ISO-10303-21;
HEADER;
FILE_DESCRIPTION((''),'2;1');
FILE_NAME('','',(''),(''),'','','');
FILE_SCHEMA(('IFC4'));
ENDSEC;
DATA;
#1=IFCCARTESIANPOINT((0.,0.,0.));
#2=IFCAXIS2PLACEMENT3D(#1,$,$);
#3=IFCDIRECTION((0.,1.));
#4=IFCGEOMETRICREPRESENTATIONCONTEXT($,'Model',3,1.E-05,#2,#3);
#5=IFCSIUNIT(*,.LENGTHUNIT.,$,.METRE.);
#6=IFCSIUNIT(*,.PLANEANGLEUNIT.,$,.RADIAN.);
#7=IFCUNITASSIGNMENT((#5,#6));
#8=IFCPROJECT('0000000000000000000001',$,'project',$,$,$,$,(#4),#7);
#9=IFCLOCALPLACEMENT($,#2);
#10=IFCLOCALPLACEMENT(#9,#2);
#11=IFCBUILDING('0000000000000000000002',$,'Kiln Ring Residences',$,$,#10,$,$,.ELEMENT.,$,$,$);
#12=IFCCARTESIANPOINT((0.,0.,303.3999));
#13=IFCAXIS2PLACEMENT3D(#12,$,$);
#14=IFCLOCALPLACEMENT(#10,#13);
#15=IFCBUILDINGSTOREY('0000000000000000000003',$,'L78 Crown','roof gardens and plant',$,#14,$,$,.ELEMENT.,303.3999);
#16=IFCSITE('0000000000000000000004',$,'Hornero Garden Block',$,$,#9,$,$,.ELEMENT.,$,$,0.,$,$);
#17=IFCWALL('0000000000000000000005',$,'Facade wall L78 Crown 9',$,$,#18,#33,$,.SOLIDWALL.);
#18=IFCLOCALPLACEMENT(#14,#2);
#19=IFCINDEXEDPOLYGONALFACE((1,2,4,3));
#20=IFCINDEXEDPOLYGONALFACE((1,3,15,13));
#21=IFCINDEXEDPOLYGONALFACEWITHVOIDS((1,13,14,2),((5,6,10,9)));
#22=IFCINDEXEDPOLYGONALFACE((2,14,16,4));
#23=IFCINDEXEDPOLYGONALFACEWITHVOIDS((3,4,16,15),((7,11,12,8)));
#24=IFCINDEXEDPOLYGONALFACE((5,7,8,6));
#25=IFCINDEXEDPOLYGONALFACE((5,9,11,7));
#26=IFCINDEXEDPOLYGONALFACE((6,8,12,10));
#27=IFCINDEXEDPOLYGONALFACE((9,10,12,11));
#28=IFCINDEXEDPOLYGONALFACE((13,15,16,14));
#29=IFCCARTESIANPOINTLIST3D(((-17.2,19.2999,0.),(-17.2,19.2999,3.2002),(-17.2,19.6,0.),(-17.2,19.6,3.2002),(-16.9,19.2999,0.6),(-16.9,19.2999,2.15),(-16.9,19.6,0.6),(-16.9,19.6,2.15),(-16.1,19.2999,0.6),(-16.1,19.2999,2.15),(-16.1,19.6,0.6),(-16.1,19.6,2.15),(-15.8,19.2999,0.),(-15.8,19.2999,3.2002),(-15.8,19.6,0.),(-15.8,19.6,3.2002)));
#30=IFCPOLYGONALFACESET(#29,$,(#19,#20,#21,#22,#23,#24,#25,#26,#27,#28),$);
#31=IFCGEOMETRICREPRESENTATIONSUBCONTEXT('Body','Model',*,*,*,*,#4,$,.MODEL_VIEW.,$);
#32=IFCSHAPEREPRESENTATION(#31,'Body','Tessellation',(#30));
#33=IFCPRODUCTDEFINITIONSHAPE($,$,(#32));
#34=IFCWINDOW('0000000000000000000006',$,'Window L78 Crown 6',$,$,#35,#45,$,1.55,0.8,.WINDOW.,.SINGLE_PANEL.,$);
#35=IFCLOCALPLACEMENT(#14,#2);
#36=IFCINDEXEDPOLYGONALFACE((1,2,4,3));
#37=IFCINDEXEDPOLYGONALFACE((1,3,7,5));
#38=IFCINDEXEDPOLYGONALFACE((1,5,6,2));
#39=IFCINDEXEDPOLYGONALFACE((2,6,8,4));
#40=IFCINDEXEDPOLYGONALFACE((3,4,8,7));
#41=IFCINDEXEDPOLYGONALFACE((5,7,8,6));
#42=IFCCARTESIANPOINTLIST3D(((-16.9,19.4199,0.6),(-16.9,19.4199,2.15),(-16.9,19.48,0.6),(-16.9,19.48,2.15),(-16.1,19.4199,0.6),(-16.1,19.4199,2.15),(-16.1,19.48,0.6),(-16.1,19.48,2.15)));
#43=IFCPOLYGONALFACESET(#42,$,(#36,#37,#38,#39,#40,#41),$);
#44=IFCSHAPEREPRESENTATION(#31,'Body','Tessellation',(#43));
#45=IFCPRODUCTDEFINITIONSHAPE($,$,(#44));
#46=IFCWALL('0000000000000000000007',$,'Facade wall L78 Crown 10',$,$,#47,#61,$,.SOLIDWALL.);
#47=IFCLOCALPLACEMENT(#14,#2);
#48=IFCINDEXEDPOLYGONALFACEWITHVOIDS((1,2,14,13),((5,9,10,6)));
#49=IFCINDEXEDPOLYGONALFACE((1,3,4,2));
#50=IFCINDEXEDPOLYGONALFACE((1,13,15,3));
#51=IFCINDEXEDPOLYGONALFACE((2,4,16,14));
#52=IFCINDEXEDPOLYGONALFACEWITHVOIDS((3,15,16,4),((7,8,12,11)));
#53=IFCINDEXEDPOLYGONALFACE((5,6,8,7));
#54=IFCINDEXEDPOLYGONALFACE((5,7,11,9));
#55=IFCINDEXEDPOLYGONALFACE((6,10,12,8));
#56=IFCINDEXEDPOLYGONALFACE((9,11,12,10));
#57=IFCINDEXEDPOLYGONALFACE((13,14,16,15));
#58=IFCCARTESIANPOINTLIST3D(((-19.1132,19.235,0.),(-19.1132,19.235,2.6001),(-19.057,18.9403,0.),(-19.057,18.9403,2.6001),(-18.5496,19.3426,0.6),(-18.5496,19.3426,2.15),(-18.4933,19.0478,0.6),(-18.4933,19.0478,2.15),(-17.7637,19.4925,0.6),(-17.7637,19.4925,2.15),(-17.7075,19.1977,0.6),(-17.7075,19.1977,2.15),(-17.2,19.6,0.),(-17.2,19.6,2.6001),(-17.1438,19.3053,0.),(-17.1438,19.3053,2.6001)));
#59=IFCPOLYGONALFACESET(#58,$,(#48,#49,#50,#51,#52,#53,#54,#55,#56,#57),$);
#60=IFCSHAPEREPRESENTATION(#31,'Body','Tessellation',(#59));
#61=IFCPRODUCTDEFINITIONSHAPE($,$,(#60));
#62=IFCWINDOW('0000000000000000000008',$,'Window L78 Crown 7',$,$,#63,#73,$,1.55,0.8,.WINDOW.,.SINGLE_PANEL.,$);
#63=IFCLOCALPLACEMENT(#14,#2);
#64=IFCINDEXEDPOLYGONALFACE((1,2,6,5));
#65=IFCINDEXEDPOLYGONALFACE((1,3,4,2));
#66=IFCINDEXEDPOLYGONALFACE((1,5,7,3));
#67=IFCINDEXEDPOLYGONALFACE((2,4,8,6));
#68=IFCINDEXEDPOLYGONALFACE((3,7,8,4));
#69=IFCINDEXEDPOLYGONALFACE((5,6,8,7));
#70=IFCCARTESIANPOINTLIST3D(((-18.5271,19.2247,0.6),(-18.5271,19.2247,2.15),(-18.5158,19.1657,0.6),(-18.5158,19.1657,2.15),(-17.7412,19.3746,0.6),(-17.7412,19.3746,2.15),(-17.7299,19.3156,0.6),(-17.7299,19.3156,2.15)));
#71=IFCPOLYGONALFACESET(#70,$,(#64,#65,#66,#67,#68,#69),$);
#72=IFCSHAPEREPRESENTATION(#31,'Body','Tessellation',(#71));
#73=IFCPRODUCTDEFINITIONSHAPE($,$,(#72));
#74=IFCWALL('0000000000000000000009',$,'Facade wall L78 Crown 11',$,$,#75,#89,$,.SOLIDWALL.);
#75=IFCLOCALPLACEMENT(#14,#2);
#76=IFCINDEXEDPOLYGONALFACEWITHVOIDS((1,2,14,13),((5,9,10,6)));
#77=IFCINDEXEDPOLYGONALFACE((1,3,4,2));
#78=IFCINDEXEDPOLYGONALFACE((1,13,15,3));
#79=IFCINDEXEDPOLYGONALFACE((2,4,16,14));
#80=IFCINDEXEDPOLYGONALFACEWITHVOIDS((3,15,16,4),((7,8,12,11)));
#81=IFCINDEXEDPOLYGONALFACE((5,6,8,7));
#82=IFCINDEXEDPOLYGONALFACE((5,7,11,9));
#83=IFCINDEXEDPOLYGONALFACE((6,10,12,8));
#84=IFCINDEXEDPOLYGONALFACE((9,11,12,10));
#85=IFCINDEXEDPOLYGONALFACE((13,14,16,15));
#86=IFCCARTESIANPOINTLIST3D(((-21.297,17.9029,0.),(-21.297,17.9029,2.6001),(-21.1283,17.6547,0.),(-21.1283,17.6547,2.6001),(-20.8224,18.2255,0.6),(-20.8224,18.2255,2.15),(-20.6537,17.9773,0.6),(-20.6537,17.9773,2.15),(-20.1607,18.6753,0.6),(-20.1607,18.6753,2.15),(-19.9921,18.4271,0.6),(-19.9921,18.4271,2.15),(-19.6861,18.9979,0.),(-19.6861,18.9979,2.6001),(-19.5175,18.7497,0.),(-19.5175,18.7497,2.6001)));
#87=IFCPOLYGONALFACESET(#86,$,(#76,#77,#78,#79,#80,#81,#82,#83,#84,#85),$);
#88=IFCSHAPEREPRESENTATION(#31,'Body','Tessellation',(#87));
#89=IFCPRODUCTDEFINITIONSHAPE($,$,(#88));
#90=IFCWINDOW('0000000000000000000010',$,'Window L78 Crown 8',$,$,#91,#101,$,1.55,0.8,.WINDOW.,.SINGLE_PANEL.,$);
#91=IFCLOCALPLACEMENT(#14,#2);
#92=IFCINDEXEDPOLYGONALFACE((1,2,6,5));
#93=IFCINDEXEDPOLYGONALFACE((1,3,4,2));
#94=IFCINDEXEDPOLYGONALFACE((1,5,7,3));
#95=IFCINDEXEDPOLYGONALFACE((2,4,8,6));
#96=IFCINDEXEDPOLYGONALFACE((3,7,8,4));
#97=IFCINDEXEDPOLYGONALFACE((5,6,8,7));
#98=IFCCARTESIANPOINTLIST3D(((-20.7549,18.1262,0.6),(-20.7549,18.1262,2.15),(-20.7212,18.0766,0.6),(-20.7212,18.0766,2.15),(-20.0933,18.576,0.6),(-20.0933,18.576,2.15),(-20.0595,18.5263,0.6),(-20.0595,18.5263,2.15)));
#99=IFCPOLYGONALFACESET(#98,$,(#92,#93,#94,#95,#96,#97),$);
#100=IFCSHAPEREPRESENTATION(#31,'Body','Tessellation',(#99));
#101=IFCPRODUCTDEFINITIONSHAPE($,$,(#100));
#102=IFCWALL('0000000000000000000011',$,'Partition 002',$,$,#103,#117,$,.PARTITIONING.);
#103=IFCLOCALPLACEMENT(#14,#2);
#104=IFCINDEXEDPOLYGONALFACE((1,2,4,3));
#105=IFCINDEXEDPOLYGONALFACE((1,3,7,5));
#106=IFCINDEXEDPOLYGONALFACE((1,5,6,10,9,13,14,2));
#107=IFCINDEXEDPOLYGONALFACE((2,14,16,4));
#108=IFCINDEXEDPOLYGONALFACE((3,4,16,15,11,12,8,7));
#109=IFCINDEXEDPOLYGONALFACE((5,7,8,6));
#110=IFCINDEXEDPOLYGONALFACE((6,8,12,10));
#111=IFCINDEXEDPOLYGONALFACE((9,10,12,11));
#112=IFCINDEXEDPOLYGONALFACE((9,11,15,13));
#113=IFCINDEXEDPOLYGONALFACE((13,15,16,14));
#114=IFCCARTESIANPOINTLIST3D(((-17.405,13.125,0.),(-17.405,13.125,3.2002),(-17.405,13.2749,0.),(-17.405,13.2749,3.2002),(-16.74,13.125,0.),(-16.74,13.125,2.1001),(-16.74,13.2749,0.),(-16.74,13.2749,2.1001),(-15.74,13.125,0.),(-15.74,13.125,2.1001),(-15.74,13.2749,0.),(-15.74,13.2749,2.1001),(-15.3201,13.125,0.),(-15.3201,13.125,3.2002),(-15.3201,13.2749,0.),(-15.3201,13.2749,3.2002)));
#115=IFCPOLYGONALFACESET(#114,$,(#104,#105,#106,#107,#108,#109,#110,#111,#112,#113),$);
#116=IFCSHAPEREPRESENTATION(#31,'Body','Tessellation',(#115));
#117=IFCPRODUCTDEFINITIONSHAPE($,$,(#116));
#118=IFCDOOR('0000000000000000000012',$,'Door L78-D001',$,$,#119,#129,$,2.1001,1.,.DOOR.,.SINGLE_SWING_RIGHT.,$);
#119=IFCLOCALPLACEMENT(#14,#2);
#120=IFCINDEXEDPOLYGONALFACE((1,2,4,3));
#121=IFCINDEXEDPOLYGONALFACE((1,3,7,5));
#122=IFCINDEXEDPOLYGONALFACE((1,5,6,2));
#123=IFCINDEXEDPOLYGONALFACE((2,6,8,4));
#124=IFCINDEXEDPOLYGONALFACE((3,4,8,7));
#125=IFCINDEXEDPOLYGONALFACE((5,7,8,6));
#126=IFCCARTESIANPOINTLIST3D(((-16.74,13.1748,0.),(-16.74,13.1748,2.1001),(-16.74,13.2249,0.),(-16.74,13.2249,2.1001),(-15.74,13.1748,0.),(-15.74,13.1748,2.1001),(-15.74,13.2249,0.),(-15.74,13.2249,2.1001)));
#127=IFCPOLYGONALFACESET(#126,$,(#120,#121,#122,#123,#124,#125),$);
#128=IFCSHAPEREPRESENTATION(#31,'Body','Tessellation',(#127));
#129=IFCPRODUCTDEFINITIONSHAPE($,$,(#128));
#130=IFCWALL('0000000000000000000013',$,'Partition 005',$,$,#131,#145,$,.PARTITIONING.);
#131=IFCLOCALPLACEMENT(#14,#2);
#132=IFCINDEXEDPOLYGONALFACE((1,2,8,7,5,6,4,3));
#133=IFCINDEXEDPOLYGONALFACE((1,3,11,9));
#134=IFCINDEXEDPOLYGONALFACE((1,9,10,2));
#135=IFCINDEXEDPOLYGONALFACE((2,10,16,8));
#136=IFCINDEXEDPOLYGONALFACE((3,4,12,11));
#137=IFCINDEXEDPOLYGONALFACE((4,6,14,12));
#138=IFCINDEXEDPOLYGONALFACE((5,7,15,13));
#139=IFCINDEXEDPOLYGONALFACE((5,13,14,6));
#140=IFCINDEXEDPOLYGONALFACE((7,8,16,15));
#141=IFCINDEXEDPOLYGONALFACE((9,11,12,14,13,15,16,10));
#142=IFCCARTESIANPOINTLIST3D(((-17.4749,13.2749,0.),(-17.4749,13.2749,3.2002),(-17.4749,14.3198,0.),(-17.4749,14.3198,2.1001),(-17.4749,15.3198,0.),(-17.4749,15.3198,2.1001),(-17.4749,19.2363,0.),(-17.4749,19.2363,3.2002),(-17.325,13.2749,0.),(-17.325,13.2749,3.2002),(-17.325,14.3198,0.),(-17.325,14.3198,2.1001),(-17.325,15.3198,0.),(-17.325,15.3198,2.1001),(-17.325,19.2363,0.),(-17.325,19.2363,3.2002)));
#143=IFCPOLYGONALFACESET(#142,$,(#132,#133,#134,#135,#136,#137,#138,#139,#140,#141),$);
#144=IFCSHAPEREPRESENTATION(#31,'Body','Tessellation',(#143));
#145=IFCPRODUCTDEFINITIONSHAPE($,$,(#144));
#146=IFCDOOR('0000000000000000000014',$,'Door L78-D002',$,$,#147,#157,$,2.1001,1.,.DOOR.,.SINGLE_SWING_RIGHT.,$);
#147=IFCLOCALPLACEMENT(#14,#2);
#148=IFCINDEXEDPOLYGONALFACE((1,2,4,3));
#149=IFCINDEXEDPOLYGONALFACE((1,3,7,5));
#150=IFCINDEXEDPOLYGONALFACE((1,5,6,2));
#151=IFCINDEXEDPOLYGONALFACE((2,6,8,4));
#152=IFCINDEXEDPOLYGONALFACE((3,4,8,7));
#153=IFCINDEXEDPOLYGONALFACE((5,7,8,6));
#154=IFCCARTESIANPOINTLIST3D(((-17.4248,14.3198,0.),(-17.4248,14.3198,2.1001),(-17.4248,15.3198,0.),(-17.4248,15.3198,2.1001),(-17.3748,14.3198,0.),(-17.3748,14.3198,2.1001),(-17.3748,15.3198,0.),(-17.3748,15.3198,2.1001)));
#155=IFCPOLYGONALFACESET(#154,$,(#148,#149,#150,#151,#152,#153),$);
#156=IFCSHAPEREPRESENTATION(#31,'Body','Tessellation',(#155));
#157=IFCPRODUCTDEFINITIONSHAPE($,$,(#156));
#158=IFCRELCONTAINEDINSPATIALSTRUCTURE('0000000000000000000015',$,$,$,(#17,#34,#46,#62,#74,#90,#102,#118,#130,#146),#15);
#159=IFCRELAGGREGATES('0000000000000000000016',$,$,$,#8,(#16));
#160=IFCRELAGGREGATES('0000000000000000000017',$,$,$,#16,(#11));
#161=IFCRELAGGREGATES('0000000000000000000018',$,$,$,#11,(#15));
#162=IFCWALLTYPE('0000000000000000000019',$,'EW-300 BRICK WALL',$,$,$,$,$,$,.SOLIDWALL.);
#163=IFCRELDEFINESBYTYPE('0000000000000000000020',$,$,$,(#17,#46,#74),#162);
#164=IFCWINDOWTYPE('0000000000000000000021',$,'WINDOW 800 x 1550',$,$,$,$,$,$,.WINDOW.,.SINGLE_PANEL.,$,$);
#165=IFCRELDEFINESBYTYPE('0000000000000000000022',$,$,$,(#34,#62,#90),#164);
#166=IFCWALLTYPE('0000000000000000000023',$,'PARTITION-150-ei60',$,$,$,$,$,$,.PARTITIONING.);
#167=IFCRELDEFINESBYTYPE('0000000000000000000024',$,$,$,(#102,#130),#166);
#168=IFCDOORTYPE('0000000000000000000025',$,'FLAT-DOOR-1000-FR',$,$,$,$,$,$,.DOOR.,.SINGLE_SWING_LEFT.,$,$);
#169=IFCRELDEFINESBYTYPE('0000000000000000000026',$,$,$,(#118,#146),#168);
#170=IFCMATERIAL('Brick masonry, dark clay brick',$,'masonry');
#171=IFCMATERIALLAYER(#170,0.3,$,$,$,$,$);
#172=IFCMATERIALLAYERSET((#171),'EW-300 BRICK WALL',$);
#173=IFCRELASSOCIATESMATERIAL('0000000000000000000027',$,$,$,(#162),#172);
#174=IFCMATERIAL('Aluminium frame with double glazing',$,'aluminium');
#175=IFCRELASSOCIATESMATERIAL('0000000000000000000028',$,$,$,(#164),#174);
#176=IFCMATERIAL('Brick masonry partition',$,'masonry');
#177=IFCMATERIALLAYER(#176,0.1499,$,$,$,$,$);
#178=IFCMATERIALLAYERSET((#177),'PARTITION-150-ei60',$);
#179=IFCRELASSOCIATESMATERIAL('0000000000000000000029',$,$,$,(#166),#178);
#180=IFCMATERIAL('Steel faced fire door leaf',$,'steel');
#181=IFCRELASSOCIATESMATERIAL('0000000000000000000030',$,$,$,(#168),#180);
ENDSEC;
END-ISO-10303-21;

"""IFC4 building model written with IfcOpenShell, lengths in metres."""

from ifc_helpers import new_model, si_unit, direction, frame, frame_2d, origin, place, context, subcontext, project, spatial, rectangle, extrude, material, layer, layer_set, type_object, element, fill, save


model = new_model("IFC4")

# Units and contexts
model_context = context("Model", 3, precision=1e-05, world=origin(), true_north=direction((0.0, 1.0)))
body_context = subcontext(model_context, "Body", "Model", "MODEL_VIEW")
ifc_project = project(units=[si_unit("LENGTHUNIT", "METRE"), si_unit("PLANEANGLEUNIT", "RADIAN")], contexts=[model_context])

# Site, building, storey
site_placement = place(None, origin())
site = spatial("IfcSite", under=ifc_project, at=site_placement, Name="Hornero Garden Block", CompositionType="ELEMENT", RefElevation=0.0)
building_placement = place(site_placement, origin())
building = spatial("IfcBuilding", under=site, at=building_placement, Name="Kiln Ring Residences", CompositionType="ELEMENT")
storey_placement = place(building_placement, frame((0.0, 0.0, 303.3999)))
storey = spatial("IfcBuildingStorey", under=building, at=storey_placement, Name="L78 Crown", Description="roof gardens and plant", CompositionType="ELEMENT", Elevation=303.3999)

# Walls, openings, windows
ifc_material_1 = material(Name="Brick masonry, dark clay brick", Category="masonry")
ifc_layer_1 = layer(ifc_material_1, 0.3)
ifc_layer_set_1 = layer_set([ifc_layer_1], Name="EW-300 BRICK WALL")
wall_type_1 = type_object("IfcWallType", Name="EW-300 BRICK WALL", PredefinedType="SOLIDWALL", material=ifc_layer_set_1)
wall_1_placement = place(storey_placement, frame((-15.8, 19.45, 0.0), z_axis=(0.0, 0.0, 1.0), x_axis=(-1.0, 0.0, 0.0)))
wall_1 = element("IfcWall", 1, at=wall_1_placement, inside=storey, type_object=wall_type_1, Name="Facade wall L78 Crown 9", PredefinedType="SOLIDWALL", context=body_context, shape_type="SweptSolid", body=[
    extrude(rectangle(XDim=1.3999, YDim=0.3, at=frame_2d((0.7, 0.0))), origin(), (0.0, 0.0, 1.0), 3.2002),
])
opening_1_placement = place(wall_1_placement, frame((0.3, 0.0, 0.6001)))
opening_1 = element("IfcOpeningElement", 2, at=opening_1_placement, cuts=wall_1, PredefinedType="OPENING", context=body_context, shape_type="SweptSolid", body=[
    extrude(rectangle(XDim=0.8, YDim=1.55, at=frame_2d((0.3999, 0.7749))), frame((0.0, 0.1599, 0.0), z_axis=(0.0, -1.0, 0.0), x_axis=(1.0, 0.0, 0.0)), (0.0, 0.0, 1.0), 0.3201),
])
ifc_material_2 = material(Name="Aluminium frame with double glazing", Category="aluminium")
window_type = type_object("IfcWindowType", Name="WINDOW 800 x 1550", PartitioningType="SINGLE_PANEL", PredefinedType="WINDOW", material=ifc_material_2)
window_1_placement = place(opening_1_placement, origin())
window_1 = element("IfcWindow", 3, at=window_1_placement, inside=storey, type_object=window_type, Name="Window L78 Crown 6", OverallHeight=1.55, OverallWidth=0.8, PartitioningType="SINGLE_PANEL", PredefinedType="WINDOW", context=body_context, shape_type="SweptSolid", body=[
    extrude(rectangle(XDim=0.8, YDim=1.55, at=frame_2d((0.3999, 0.7749))), frame((0.0, 0.03, 0.0), z_axis=(0.0, -1.0, 0.0), x_axis=(1.0, 0.0, 0.0)), (0.0, 0.0, 1.0), 0.0601),
])
fill(opening_1, window_1)
wall_2_placement = place(storey_placement, frame((-17.1719, 19.4526, 0.0), z_axis=(0.0, 0.0, 1.0), x_axis=(-0.982287, -0.187383, 0.0)))
wall_2 = element("IfcWall", 4, at=wall_2_placement, inside=storey, type_object=wall_type_1, Name="Facade wall L78 Crown 10", PredefinedType="SOLIDWALL", context=body_context, shape_type="SweptSolid", body=[
    extrude(rectangle(XDim=1.9478, YDim=0.3, at=frame_2d((0.9739, 0.0))), origin(), (0.0, 0.0, 1.0), 2.6001),
])
opening_2_placement = place(wall_2_placement, frame((0.574, 0.0, 0.6001)))
opening_2 = element("IfcOpeningElement", 5, at=opening_2_placement, cuts=wall_2, PredefinedType="OPENING", context=body_context, shape_type="SweptSolid", body=[
    extrude(rectangle(XDim=0.8, YDim=1.55, at=frame_2d((0.3999, 0.7749))), frame((0.0, 0.1599, 0.0), z_axis=(0.0, -1.0, 0.0), x_axis=(1.0, 0.0, 0.0)), (0.0, 0.0, 1.0), 0.3201),
])
window_2_placement = place(opening_2_placement, origin())
window_2 = element("IfcWindow", 6, at=window_2_placement, inside=storey, type_object=window_type, Name="Window L78 Crown 7", OverallHeight=1.55, OverallWidth=0.8, PartitioningType="SINGLE_PANEL", PredefinedType="WINDOW", context=body_context, shape_type="SweptSolid", body=[
    extrude(rectangle(XDim=0.8, YDim=1.55, at=frame_2d((0.3999, 0.7749))), frame((0.0, 0.03, 0.0), z_axis=(0.0, -1.0, 0.0), x_axis=(1.0, 0.0, 0.0)), (0.0, 0.0, 1.0), 0.0601),
])
fill(opening_2, window_2)
wall_3_placement = place(storey_placement, frame((-19.6018, 18.8738, 0.0), z_axis=(0.0, 0.0, 1.0), x_axis=(-0.827022, -0.562169, 0.0)))
wall_3 = element("IfcWall", 7, at=wall_3_placement, inside=storey, type_object=wall_type_1, Name="Facade wall L78 Crown 11", PredefinedType="SOLIDWALL", context=body_context, shape_type="SweptSolid", body=[
    extrude(rectangle(XDim=1.9478, YDim=0.3, at=frame_2d((0.9739, 0.0))), origin(), (0.0, 0.0, 1.0), 2.6001),
])
opening_3_placement = place(wall_3_placement, frame((0.574, 0.0, 0.6001)))
opening_3 = element("IfcOpeningElement", 8, at=opening_3_placement, cuts=wall_3, PredefinedType="OPENING", context=body_context, shape_type="SweptSolid", body=[
    extrude(rectangle(XDim=0.8, YDim=1.55, at=frame_2d((0.3999, 0.7749))), frame((0.0, 0.1599, 0.0), z_axis=(0.0, -1.0, 0.0), x_axis=(1.0, 0.0, 0.0)), (0.0, 0.0, 1.0), 0.3201),
])
window_3_placement = place(opening_3_placement, origin())
window_3 = element("IfcWindow", 9, at=window_3_placement, inside=storey, type_object=window_type, Name="Window L78 Crown 8", OverallHeight=1.55, OverallWidth=0.8, PartitioningType="SINGLE_PANEL", PredefinedType="WINDOW", context=body_context, shape_type="SweptSolid", body=[
    extrude(rectangle(XDim=0.8, YDim=1.55, at=frame_2d((0.3999, 0.7749))), frame((0.0, 0.03, 0.0), z_axis=(0.0, -1.0, 0.0), x_axis=(1.0, 0.0, 0.0)), (0.0, 0.0, 1.0), 0.0601),
])
fill(opening_3, window_3)

# Walls, openings, doors
ifc_material_3 = material(Name="Brick masonry partition", Category="masonry")
ifc_layer_2 = layer(ifc_material_3, 0.1499)
ifc_layer_set_2 = layer_set([ifc_layer_2], Name="PARTITION-150-ei60")
wall_type_2 = type_object("IfcWallType", Name="PARTITION-150-ei60", PredefinedType="PARTITIONING", material=ifc_layer_set_2)
wall_4_placement = place(storey_placement, frame((-17.405, 13.2, 0.0), z_axis=(0.0, 0.0, 1.0), x_axis=(1.0, 0.0, 0.0)))
wall_4 = element("IfcWall", 10, at=wall_4_placement, inside=storey, type_object=wall_type_2, Name="Partition 002", PredefinedType="PARTITIONING", context=body_context, shape_type="SweptSolid", body=[
    extrude(rectangle(XDim=2.085, YDim=0.1499, at=frame_2d((1.0425, 0.0))), origin(), (0.0, 0.0, 1.0), 3.2002),
])
opening_4_placement = place(wall_4_placement, frame((0.665, 0.0, 0.0)))
opening_4 = element("IfcOpeningElement", 11, at=opening_4_placement, cuts=wall_4, PredefinedType="OPENING", context=body_context, shape_type="SweptSolid", body=[
    extrude(rectangle(XDim=1.0, YDim=2.1001, at=frame_2d((0.5, 1.05))), frame((0.0, 0.085, 0.0), z_axis=(0.0, -1.0, 0.0), x_axis=(1.0, 0.0, 0.0)), (0.0, 0.0, 1.0), 0.1699),
])
ifc_material_4 = material(Name="Steel faced fire door leaf", Category="steel")
door_type_1 = type_object("IfcDoorType", Name="FLAT-DOOR-1000-FR", OperationType="SINGLE_SWING_LEFT", PredefinedType="DOOR", material=ifc_material_4)
door_1_placement = place(opening_4_placement, origin())
door_1 = element("IfcDoor", 12, at=door_1_placement, inside=storey, type_object=door_type_1, Name="Door L78-D001", OperationType="SINGLE_SWING_RIGHT", OverallHeight=2.1001, OverallWidth=1.0, PredefinedType="DOOR", context=body_context, shape_type="SweptSolid", body=[
    extrude(rectangle(XDim=1.0, YDim=2.1001, at=frame_2d((0.5, 1.05))), frame((0.0, 0.0249, 0.0), z_axis=(0.0, -1.0, 0.0), x_axis=(1.0, 0.0, 0.0)), (0.0, 0.0, 1.0), 0.05),
])
fill(opening_4, door_1)
wall_5_placement = place(storey_placement, frame((-17.3999, 13.2749, 0.0), z_axis=(0.0, 0.0, 1.0), x_axis=(0.0, 1.0, 0.0)))
wall_5 = element("IfcWall", 13, at=wall_5_placement, inside=storey, type_object=wall_type_2, Name="Partition 005", PredefinedType="PARTITIONING", context=body_context, shape_type="SweptSolid", body=[
    extrude(rectangle(XDim=5.9614, YDim=0.1499, at=frame_2d((2.9807, 0.0))), origin(), (0.0, 0.0, 1.0), 3.2002),
])
opening_5_placement = place(wall_5_placement, frame((1.0449, 0.0, 0.0)))
opening_5 = element("IfcOpeningElement", 14, at=opening_5_placement, cuts=wall_5, PredefinedType="OPENING", context=body_context, shape_type="SweptSolid", body=[
    extrude(rectangle(XDim=1.0, YDim=2.1001, at=frame_2d((0.5, 1.05))), frame((0.0, 0.085, 0.0), z_axis=(0.0, -1.0, 0.0), x_axis=(1.0, 0.0, 0.0)), (0.0, 0.0, 1.0), 0.1699),
])
door_2_placement = place(opening_5_placement, origin())
door_2 = element("IfcDoor", 15, at=door_2_placement, inside=storey, type_object=door_type_1, Name="Door L78-D002", OperationType="SINGLE_SWING_RIGHT", OverallHeight=2.1001, OverallWidth=1.0, PredefinedType="DOOR", context=body_context, shape_type="SweptSolid", body=[
    extrude(rectangle(XDim=1.0, YDim=2.1001, at=frame_2d((0.5, 1.05))), frame((0.0, 0.0249, 0.0), z_axis=(0.0, -1.0, 0.0), x_axis=(1.0, 0.0, 0.0)), (0.0, 0.0, 1.0), 0.05),
])
fill(opening_5, door_2)

save(model, "model.ifc")
